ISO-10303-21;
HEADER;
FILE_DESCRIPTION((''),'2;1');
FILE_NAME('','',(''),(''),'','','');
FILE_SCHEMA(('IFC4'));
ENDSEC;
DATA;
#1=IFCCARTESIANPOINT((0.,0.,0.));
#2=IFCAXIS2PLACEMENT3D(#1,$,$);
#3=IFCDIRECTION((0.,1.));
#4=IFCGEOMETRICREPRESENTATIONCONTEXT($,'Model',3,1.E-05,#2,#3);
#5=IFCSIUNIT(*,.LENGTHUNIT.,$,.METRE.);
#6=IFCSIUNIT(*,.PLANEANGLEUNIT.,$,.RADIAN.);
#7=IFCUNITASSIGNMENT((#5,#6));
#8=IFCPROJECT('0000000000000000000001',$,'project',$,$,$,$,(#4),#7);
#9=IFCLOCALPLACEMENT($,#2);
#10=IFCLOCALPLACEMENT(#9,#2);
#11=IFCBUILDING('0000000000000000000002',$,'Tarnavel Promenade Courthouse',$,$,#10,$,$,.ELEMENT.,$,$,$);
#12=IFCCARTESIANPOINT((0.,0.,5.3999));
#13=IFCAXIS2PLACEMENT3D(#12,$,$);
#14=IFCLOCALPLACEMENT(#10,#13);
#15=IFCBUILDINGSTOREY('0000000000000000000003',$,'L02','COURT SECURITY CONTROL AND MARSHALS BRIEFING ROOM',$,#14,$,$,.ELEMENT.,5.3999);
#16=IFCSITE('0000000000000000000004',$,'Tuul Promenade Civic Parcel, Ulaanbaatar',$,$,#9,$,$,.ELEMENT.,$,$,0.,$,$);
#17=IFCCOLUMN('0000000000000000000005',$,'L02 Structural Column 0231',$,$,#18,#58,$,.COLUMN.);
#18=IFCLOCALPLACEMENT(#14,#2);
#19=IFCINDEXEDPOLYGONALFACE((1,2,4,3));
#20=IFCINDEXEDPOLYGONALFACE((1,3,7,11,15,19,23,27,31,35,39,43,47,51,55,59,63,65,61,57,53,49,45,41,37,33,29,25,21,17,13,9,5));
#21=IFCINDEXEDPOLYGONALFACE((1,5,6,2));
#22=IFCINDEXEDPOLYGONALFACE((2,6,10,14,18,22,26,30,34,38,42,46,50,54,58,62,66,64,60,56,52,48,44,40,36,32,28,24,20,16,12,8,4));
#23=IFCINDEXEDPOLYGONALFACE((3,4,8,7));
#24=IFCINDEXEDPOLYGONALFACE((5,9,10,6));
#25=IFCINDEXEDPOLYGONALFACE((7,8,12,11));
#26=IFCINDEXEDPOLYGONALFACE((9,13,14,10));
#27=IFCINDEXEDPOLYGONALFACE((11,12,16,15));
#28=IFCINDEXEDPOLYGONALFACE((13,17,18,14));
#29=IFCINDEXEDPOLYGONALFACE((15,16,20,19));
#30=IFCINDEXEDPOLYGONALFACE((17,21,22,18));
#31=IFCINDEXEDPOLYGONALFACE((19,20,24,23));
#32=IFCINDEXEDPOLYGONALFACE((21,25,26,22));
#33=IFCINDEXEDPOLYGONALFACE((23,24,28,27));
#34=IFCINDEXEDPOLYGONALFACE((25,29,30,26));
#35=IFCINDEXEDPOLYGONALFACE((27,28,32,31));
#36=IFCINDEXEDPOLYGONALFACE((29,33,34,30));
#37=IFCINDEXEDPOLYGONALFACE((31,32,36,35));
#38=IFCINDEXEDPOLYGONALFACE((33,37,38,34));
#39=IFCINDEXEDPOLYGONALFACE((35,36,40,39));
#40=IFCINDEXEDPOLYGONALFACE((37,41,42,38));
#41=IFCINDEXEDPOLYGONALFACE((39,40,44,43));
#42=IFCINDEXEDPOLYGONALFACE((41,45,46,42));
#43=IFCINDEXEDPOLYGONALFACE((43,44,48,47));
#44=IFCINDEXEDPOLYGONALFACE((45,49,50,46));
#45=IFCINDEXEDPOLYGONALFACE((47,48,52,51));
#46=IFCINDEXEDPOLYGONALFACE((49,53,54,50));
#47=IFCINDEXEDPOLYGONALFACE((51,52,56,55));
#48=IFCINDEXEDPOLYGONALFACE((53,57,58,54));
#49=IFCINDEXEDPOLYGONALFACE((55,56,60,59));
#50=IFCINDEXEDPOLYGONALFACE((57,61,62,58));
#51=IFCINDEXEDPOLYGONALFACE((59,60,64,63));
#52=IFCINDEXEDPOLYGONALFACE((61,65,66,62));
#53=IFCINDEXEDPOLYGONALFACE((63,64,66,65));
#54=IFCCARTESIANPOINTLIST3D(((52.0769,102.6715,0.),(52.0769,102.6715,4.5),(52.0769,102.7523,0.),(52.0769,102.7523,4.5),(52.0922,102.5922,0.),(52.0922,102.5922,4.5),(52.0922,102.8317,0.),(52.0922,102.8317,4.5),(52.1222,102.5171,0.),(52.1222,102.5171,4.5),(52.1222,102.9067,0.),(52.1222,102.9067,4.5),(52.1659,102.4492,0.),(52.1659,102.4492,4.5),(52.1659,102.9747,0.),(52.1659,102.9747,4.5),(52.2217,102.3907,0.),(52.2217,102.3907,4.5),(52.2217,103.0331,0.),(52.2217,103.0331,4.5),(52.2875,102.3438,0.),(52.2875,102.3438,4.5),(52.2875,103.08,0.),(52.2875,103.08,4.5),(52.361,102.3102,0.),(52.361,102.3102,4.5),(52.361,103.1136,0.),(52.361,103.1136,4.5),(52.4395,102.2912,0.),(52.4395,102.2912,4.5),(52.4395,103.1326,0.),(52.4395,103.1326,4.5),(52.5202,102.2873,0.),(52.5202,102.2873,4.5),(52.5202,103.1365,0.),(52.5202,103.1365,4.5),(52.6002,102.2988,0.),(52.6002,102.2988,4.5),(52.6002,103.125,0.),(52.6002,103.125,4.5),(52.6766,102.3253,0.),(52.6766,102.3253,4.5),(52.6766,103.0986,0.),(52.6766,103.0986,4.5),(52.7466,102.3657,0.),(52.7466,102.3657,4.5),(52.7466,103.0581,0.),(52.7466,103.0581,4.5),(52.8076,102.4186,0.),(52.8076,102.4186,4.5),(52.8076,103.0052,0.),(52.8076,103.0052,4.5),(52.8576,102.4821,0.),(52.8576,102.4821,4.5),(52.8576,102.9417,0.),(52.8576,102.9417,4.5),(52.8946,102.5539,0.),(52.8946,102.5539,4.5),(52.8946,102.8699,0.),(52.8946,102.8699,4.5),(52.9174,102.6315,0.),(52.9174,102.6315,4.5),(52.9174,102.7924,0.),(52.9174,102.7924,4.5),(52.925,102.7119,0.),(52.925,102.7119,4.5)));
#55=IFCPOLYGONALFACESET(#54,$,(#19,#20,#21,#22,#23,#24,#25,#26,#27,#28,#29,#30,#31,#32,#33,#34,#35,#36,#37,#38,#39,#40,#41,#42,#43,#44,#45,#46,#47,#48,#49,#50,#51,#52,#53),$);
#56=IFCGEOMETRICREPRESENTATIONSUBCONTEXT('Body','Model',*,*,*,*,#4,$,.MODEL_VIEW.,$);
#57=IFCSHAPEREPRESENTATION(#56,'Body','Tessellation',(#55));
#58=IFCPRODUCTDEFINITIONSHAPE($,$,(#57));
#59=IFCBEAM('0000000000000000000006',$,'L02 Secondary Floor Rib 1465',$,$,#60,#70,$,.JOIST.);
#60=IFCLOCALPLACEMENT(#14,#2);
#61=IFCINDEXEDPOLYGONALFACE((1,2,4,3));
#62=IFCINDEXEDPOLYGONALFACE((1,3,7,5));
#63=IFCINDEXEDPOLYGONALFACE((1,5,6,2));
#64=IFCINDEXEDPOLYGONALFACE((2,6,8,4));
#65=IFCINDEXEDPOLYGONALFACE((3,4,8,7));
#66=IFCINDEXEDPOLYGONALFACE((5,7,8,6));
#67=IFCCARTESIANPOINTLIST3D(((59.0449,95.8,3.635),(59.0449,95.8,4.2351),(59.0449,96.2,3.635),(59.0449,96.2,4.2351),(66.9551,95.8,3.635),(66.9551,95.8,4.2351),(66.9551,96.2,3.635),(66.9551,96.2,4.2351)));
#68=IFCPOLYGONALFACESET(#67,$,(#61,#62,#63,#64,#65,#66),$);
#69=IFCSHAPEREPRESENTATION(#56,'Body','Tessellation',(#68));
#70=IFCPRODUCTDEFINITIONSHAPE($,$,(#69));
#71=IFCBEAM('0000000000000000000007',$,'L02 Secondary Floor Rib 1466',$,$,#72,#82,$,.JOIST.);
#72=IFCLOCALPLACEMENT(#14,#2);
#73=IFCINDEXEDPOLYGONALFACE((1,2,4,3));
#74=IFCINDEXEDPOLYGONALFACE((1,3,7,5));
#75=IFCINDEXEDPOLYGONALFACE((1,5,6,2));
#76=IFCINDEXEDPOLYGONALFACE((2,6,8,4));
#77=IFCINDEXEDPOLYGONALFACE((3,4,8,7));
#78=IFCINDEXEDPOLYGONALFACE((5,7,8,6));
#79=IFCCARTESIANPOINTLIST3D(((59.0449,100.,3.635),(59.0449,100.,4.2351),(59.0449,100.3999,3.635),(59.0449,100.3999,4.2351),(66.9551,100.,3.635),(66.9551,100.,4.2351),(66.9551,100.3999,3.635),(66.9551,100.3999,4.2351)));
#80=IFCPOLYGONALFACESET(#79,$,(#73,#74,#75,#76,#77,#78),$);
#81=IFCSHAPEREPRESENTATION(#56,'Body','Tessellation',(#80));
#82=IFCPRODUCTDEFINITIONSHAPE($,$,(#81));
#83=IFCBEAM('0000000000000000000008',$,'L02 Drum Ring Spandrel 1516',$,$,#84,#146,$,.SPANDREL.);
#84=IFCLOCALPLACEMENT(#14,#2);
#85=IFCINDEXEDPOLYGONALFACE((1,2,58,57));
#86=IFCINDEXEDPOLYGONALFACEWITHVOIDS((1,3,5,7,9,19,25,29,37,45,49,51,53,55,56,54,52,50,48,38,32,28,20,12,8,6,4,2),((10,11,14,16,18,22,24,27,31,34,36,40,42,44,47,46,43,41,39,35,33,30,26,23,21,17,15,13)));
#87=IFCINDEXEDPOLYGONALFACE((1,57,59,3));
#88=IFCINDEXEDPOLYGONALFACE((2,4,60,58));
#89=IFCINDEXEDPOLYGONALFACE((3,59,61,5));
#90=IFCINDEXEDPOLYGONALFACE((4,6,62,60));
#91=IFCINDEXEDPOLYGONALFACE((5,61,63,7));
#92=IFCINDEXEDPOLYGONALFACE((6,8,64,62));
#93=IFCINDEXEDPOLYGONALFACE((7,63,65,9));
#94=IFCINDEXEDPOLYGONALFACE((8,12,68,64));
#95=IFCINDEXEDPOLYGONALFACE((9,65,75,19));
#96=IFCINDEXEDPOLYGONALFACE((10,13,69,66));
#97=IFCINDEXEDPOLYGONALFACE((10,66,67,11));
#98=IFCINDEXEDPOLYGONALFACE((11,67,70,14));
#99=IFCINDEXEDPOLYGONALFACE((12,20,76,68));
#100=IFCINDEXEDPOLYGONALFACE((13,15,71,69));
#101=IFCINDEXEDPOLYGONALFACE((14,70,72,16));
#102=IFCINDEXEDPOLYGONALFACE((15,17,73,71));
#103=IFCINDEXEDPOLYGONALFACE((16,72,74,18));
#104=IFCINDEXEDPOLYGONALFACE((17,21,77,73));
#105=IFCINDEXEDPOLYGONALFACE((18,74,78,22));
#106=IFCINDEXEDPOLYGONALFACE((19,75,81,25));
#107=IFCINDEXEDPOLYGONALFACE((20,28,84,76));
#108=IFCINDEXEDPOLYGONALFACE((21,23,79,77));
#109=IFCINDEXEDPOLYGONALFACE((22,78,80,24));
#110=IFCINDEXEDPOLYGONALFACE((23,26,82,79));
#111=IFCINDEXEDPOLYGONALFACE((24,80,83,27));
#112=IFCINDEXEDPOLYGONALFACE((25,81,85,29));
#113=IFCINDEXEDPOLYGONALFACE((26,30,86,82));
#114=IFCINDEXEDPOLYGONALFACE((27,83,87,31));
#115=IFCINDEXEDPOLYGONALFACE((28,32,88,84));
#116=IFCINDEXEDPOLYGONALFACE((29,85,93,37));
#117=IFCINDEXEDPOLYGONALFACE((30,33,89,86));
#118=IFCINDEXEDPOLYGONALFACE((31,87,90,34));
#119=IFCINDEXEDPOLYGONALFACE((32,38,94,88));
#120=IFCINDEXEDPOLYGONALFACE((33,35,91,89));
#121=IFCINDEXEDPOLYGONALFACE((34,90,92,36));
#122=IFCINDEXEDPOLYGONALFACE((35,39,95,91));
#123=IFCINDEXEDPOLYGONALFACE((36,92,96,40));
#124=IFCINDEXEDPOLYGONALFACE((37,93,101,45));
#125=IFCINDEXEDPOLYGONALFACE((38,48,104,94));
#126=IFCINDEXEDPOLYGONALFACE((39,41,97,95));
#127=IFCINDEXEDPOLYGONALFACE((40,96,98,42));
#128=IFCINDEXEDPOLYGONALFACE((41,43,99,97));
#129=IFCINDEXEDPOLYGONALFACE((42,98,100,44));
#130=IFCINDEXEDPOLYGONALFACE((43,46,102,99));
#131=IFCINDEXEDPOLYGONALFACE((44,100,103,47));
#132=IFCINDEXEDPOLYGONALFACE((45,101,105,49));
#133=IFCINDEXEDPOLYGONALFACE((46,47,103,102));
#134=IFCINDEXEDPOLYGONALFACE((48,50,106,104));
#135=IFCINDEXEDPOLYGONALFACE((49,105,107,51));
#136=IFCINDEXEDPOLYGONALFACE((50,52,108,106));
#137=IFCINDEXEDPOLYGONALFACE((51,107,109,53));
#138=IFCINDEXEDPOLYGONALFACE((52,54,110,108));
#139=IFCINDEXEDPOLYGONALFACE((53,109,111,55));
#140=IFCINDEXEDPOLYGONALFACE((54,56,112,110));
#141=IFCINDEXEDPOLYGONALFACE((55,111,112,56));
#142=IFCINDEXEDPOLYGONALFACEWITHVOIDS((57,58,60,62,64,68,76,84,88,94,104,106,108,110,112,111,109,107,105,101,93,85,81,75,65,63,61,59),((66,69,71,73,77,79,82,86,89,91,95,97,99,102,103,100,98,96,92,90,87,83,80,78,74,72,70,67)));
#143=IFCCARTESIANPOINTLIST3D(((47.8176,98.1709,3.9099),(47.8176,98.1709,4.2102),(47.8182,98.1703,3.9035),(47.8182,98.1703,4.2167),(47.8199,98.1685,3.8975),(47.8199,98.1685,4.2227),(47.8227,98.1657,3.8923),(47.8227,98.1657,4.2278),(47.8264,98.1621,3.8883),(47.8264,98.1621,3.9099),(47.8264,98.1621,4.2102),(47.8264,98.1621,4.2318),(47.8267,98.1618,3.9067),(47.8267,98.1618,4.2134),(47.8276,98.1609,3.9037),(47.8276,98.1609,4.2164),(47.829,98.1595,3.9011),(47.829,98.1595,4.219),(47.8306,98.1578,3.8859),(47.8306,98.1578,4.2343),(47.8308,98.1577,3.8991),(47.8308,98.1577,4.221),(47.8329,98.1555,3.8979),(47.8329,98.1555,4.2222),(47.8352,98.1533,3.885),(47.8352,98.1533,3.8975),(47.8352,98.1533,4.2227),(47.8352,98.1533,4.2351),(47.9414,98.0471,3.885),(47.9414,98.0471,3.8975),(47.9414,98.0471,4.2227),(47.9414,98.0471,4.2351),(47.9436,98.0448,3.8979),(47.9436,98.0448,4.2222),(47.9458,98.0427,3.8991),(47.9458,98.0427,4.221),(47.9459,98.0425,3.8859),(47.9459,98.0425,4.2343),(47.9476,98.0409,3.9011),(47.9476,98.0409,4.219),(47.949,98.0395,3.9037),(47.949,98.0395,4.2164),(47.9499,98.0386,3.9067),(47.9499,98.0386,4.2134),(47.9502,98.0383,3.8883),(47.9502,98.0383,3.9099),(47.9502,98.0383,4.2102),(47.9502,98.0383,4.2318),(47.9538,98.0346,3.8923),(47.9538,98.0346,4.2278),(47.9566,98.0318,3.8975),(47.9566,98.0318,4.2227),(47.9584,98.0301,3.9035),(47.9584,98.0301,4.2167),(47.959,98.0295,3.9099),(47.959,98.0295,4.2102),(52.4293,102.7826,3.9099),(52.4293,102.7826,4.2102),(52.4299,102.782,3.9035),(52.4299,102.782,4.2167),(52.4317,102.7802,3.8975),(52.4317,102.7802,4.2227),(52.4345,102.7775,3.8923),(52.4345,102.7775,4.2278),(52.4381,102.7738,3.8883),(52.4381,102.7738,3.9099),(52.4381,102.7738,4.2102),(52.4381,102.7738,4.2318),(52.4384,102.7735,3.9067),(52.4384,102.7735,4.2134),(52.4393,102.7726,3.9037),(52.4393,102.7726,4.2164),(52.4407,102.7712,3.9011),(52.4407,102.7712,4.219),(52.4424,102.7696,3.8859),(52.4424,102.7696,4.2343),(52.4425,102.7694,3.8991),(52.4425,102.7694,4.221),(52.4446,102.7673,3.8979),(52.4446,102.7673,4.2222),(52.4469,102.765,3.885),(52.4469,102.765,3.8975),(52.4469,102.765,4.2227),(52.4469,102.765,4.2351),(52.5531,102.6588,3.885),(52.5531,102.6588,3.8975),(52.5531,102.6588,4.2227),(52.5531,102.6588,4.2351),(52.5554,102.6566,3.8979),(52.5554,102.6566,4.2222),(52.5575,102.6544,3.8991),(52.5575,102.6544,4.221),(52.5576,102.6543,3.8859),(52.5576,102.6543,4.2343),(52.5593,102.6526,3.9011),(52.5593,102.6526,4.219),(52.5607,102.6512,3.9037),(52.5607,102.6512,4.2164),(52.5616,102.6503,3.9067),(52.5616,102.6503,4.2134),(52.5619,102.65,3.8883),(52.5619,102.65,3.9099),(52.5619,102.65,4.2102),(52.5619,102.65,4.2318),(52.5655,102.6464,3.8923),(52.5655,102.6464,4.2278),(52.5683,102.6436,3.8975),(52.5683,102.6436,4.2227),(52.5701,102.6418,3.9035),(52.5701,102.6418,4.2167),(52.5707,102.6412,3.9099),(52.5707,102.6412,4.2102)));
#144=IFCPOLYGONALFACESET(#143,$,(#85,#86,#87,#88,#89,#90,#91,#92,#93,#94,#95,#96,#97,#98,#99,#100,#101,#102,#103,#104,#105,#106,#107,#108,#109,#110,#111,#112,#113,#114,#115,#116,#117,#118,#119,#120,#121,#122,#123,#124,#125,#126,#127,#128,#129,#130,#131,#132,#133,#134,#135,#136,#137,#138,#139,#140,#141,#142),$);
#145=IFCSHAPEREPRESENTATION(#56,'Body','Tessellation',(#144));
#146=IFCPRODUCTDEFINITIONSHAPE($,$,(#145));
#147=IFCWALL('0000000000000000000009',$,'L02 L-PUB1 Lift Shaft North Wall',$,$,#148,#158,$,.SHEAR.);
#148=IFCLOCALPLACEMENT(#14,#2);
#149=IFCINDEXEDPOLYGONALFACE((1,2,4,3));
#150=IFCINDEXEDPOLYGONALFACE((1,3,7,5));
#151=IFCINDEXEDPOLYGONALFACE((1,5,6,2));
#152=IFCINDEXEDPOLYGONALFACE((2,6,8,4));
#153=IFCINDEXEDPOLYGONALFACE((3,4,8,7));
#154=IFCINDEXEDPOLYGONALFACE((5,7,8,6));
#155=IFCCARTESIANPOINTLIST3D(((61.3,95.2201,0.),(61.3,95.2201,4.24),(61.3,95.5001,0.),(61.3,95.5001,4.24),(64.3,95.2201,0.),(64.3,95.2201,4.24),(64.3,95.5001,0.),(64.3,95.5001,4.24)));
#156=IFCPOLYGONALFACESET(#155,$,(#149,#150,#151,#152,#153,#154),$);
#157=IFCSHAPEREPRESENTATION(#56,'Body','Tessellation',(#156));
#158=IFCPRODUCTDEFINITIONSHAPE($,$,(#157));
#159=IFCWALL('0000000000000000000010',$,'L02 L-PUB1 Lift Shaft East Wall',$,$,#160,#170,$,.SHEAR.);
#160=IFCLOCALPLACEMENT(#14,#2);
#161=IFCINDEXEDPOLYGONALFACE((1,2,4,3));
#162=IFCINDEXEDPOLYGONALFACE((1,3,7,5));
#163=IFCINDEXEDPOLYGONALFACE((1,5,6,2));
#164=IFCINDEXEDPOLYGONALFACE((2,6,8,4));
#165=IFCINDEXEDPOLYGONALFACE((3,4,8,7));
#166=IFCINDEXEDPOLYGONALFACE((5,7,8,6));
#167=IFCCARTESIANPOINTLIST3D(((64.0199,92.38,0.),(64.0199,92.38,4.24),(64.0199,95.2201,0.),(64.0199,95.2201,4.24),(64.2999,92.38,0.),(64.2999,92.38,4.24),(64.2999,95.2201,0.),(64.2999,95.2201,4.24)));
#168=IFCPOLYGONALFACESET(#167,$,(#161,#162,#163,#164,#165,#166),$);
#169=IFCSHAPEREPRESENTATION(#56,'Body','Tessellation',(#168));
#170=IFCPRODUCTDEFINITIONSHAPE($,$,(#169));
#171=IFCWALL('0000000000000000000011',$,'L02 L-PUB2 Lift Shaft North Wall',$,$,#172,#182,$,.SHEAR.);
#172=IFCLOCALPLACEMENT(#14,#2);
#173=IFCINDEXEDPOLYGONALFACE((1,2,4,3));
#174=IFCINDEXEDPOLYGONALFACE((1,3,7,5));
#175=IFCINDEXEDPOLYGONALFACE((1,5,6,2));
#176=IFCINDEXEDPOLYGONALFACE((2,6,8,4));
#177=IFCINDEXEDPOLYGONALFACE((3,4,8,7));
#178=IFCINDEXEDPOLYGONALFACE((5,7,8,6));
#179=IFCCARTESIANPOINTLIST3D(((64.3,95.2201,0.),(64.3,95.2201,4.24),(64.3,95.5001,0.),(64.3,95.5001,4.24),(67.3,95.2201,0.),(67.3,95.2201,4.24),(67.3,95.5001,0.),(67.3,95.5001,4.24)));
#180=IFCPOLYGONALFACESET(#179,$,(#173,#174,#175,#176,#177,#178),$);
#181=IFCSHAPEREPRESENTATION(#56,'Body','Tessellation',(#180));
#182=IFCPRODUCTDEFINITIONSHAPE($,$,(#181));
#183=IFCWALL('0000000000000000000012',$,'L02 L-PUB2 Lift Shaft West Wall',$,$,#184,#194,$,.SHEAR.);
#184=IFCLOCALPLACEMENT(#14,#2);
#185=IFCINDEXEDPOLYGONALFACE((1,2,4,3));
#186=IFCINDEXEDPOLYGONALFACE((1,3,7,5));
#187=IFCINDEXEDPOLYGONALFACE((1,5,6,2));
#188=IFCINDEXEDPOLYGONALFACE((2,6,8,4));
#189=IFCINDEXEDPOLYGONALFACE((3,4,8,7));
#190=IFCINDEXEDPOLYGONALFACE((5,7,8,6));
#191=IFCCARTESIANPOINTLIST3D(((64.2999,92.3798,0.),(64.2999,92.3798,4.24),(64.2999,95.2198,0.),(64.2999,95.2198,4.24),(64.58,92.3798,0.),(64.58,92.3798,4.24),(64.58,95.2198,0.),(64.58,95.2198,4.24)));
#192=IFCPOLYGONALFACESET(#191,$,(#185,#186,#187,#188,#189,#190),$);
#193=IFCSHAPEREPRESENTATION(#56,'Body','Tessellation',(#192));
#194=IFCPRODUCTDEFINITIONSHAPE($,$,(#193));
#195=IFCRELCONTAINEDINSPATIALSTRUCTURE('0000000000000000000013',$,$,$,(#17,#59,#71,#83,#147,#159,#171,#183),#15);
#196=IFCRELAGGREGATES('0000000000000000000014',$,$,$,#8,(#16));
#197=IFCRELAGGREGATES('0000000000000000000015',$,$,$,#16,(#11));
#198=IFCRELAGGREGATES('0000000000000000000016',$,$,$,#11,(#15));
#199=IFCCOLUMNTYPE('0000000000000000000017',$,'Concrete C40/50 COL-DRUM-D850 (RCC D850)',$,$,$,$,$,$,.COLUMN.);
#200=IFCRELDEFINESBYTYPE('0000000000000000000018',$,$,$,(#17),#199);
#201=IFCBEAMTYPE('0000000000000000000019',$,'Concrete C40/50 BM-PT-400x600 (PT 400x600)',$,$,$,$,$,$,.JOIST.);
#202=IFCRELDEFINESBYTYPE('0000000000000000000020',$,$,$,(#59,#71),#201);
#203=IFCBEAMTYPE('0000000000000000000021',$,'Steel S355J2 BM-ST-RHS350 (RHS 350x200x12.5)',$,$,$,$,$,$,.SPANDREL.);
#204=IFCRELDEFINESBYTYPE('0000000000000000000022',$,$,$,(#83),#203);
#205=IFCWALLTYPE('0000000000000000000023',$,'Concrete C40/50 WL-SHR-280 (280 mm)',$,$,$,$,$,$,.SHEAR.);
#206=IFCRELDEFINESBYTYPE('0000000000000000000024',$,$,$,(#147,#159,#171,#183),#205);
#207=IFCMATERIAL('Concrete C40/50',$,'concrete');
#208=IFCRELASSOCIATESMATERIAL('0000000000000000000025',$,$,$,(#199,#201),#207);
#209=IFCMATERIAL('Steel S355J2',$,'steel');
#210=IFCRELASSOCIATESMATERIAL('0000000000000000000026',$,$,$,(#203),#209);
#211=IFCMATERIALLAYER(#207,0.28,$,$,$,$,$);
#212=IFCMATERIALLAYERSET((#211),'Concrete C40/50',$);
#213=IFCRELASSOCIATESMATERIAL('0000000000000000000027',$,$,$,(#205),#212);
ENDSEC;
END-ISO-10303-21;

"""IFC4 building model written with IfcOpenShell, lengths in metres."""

from ifc_helpers import new_model, si_unit, direction, frame, frame_2d, origin, origin_2d, place, context, subcontext, project, spatial, rectangle, hollow_rectangle, circle, extrude, material, layer, layer_set, material_profile, profile_set, type_object, element, save


model = new_model("IFC4")

# Units and contexts
model_context = context("Model", 3, precision=1e-05, world=origin(), true_north=direction((0.0, 1.0)))
body_context = subcontext(model_context, "Body", "Model", "MODEL_VIEW")
ifc_project = project(units=[si_unit("LENGTHUNIT", "METRE"), si_unit("PLANEANGLEUNIT", "RADIAN")], contexts=[model_context])

# Site, building, storey
site_placement = place(None, origin())
site = spatial("IfcSite", under=ifc_project, at=site_placement, Name="Tuul Promenade Civic Parcel, Ulaanbaatar", CompositionType="ELEMENT", RefElevation=0.0)
building_placement = place(site_placement, origin())
building = spatial("IfcBuilding", under=site, at=building_placement, Name="Tarnavel Promenade Courthouse", CompositionType="ELEMENT")
storey_placement = place(building_placement, frame((0.0, 0.0, 5.3999)))
storey = spatial("IfcBuildingStorey", under=building, at=storey_placement, Name="L02", Description="COURT SECURITY CONTROL AND MARSHALS BRIEFING ROOM", CompositionType="ELEMENT", Elevation=5.3999)

# Column
ifc_material_1 = material(Name="Concrete C40/50", Category="concrete")
ifc_material_profile_1 = material_profile(ifc_material_1, circle(Radius=0.425, at=origin_2d()), Name="RCC D850")
ifc_profile_set_1 = profile_set([ifc_material_profile_1], Name="Concrete C40/50")
column_type = type_object("IfcColumnType", Name="Concrete C40/50 COL-DRUM-D850 (RCC D850)", PredefinedType="COLUMN", material=ifc_profile_set_1)
column_placement = place(storey_placement, frame((52.5, 102.7119, 0.0), z_axis=(0.0, 0.0, 1.0), x_axis=(1.0, 0.0, 0.0)))
element("IfcColumn", 1, at=column_placement, inside=storey, type_object=column_type, Name="L02 Structural Column 0231", PredefinedType="COLUMN", context=body_context, shape_type="SweptSolid", body=[
    extrude(circle(Radius=0.425, at=origin_2d()), origin(), (0.0, 0.0, 1.0), 4.5),
])

# Beams
ifc_material_profile_2 = material_profile(ifc_material_1, rectangle(XDim=0.3999, YDim=0.6001, at=origin_2d()), Name="PT 400x600")
ifc_profile_set_2 = profile_set([ifc_material_profile_2], Name="Concrete C40/50")
beam_type_1 = type_object("IfcBeamType", Name="Concrete C40/50 BM-PT-400x600 (PT 400x600)", PredefinedType="JOIST", material=ifc_profile_set_2)
for number, where, z_axis, x_axis, name in (
    (2, (59.0449, 96.0, 3.9351), (1.0, 0.0, 0.0), (0.0, 1.0, 0.0), "L02 Secondary Floor Rib 1465"),
    (3, (59.0449, 100.2, 3.9351), (1.0, 0.0, 0.0), (0.0, 1.0, 0.0), "L02 Secondary Floor Rib 1466"),
):
    element("IfcBeam", number, at=place(storey_placement, frame(where, z_axis=z_axis, x_axis=x_axis)), inside=storey, type_object=beam_type_1, Name=name, PredefinedType="JOIST", context=body_context, shape_type="SweptSolid", body=[
        extrude(rectangle(XDim=0.3999, YDim=0.6001, at=origin_2d()), origin(), (0.0, 0.0, 1.0), 7.9102),
    ])
ifc_material_2 = material(Name="Steel S355J2", Category="steel")
ifc_material_profile_3 = material_profile(ifc_material_2, hollow_rectangle(XDim=0.2, YDim=0.3501, WallThickness=0.0125, InnerFilletRadius=0.0125, OuterFilletRadius=0.0249, at=origin_2d()), Name="RHS 350x200x12.5")
ifc_profile_set_3 = profile_set([ifc_material_profile_3], Name="Steel S355J2")
beam_type_2 = type_object("IfcBeamType", Name="Steel S355J2 BM-ST-RHS350 (RHS 350x200x12.5)", PredefinedType="SPANDREL", material=ifc_profile_set_3)
beam_placement = place(storey_placement, frame((52.5, 102.7119, 4.0601), z_axis=(-0.707107, -0.707107, 0.0), x_axis=(0.707107, -0.707107, 0.0)))
element("IfcBeam", 4, at=beam_placement, inside=storey, type_object=beam_type_2, Name="L02 Drum Ring Spandrel 1516", PredefinedType="SPANDREL", context=body_context, shape_type="SweptSolid", body=[
    extrude(hollow_rectangle(XDim=0.2, YDim=0.3501, WallThickness=0.0125, InnerFilletRadius=0.0125, OuterFilletRadius=0.0249, at=origin_2d()), origin(), (0.0, 0.0, 1.0), 6.522),
])

# Walls
ifc_layer_1 = layer(ifc_material_1, 0.28)
ifc_layer_set_1 = layer_set([ifc_layer_1], Name="Concrete C40/50")
wall_type_1 = type_object("IfcWallType", Name="Concrete C40/50 WL-SHR-280 (280 mm)", PredefinedType="SHEAR", material=ifc_layer_set_1)
wall_1_placement = place(storey_placement, frame((61.3, 95.3601, 0.0), z_axis=(0.0, 0.0, 1.0), x_axis=(1.0, 0.0, 0.0)))
element("IfcWall", 5, at=wall_1_placement, inside=storey, type_object=wall_type_1, Name="L02 L-PUB1 Lift Shaft North Wall", PredefinedType="SHEAR", context=body_context, shape_type="SweptSolid", body=[
    extrude(rectangle(XDim=3.0, YDim=0.28, at=frame_2d((1.5, 0.0))), origin(), (0.0, 0.0, 1.0), 4.24),
])
wall_2_placement = place(storey_placement, frame((64.1599, 95.22, 0.0), z_axis=(0.0, 0.0, 1.0), x_axis=(0.0, -1.0, 0.0)))
element("IfcWall", 6, at=wall_2_placement, inside=storey, type_object=wall_type_1, Name="L02 L-PUB1 Lift Shaft East Wall", PredefinedType="SHEAR", context=body_context, shape_type="SweptSolid", body=[
    extrude(rectangle(XDim=2.8401, YDim=0.28, at=frame_2d((1.4199, 0.0))), origin(), (0.0, 0.0, 1.0), 4.24),
])
wall_3_placement = place(storey_placement, frame((64.3, 95.3601, 0.0), z_axis=(0.0, 0.0, 1.0), x_axis=(1.0, 0.0, 0.0)))
element("IfcWall", 7, at=wall_3_placement, inside=storey, type_object=wall_type_1, Name="L02 L-PUB2 Lift Shaft North Wall", PredefinedType="SHEAR", context=body_context, shape_type="SweptSolid", body=[
    extrude(rectangle(XDim=3.0, YDim=0.28, at=frame_2d((1.5, 0.0))), origin(), (0.0, 0.0, 1.0), 4.24),
])
for number, where, z_axis, x_axis, name in (
    (8, (64.4399, 92.3799, 0.0), (0.0, 0.0, 1.0), (0.0, 1.0, 0.0), "L02 L-PUB2 Lift Shaft West Wall"),
):
    element("IfcWall", number, at=place(storey_placement, frame(where, z_axis=z_axis, x_axis=x_axis)), inside=storey, type_object=wall_type_1, Name=name, PredefinedType="SHEAR", context=body_context, shape_type="SweptSolid", body=[
        extrude(rectangle(XDim=2.8401, YDim=0.28, at=frame_2d((1.4199, 0.0))), origin(), (0.0, 0.0, 1.0), 4.24),
    ])

save(model, "model.ifc")
